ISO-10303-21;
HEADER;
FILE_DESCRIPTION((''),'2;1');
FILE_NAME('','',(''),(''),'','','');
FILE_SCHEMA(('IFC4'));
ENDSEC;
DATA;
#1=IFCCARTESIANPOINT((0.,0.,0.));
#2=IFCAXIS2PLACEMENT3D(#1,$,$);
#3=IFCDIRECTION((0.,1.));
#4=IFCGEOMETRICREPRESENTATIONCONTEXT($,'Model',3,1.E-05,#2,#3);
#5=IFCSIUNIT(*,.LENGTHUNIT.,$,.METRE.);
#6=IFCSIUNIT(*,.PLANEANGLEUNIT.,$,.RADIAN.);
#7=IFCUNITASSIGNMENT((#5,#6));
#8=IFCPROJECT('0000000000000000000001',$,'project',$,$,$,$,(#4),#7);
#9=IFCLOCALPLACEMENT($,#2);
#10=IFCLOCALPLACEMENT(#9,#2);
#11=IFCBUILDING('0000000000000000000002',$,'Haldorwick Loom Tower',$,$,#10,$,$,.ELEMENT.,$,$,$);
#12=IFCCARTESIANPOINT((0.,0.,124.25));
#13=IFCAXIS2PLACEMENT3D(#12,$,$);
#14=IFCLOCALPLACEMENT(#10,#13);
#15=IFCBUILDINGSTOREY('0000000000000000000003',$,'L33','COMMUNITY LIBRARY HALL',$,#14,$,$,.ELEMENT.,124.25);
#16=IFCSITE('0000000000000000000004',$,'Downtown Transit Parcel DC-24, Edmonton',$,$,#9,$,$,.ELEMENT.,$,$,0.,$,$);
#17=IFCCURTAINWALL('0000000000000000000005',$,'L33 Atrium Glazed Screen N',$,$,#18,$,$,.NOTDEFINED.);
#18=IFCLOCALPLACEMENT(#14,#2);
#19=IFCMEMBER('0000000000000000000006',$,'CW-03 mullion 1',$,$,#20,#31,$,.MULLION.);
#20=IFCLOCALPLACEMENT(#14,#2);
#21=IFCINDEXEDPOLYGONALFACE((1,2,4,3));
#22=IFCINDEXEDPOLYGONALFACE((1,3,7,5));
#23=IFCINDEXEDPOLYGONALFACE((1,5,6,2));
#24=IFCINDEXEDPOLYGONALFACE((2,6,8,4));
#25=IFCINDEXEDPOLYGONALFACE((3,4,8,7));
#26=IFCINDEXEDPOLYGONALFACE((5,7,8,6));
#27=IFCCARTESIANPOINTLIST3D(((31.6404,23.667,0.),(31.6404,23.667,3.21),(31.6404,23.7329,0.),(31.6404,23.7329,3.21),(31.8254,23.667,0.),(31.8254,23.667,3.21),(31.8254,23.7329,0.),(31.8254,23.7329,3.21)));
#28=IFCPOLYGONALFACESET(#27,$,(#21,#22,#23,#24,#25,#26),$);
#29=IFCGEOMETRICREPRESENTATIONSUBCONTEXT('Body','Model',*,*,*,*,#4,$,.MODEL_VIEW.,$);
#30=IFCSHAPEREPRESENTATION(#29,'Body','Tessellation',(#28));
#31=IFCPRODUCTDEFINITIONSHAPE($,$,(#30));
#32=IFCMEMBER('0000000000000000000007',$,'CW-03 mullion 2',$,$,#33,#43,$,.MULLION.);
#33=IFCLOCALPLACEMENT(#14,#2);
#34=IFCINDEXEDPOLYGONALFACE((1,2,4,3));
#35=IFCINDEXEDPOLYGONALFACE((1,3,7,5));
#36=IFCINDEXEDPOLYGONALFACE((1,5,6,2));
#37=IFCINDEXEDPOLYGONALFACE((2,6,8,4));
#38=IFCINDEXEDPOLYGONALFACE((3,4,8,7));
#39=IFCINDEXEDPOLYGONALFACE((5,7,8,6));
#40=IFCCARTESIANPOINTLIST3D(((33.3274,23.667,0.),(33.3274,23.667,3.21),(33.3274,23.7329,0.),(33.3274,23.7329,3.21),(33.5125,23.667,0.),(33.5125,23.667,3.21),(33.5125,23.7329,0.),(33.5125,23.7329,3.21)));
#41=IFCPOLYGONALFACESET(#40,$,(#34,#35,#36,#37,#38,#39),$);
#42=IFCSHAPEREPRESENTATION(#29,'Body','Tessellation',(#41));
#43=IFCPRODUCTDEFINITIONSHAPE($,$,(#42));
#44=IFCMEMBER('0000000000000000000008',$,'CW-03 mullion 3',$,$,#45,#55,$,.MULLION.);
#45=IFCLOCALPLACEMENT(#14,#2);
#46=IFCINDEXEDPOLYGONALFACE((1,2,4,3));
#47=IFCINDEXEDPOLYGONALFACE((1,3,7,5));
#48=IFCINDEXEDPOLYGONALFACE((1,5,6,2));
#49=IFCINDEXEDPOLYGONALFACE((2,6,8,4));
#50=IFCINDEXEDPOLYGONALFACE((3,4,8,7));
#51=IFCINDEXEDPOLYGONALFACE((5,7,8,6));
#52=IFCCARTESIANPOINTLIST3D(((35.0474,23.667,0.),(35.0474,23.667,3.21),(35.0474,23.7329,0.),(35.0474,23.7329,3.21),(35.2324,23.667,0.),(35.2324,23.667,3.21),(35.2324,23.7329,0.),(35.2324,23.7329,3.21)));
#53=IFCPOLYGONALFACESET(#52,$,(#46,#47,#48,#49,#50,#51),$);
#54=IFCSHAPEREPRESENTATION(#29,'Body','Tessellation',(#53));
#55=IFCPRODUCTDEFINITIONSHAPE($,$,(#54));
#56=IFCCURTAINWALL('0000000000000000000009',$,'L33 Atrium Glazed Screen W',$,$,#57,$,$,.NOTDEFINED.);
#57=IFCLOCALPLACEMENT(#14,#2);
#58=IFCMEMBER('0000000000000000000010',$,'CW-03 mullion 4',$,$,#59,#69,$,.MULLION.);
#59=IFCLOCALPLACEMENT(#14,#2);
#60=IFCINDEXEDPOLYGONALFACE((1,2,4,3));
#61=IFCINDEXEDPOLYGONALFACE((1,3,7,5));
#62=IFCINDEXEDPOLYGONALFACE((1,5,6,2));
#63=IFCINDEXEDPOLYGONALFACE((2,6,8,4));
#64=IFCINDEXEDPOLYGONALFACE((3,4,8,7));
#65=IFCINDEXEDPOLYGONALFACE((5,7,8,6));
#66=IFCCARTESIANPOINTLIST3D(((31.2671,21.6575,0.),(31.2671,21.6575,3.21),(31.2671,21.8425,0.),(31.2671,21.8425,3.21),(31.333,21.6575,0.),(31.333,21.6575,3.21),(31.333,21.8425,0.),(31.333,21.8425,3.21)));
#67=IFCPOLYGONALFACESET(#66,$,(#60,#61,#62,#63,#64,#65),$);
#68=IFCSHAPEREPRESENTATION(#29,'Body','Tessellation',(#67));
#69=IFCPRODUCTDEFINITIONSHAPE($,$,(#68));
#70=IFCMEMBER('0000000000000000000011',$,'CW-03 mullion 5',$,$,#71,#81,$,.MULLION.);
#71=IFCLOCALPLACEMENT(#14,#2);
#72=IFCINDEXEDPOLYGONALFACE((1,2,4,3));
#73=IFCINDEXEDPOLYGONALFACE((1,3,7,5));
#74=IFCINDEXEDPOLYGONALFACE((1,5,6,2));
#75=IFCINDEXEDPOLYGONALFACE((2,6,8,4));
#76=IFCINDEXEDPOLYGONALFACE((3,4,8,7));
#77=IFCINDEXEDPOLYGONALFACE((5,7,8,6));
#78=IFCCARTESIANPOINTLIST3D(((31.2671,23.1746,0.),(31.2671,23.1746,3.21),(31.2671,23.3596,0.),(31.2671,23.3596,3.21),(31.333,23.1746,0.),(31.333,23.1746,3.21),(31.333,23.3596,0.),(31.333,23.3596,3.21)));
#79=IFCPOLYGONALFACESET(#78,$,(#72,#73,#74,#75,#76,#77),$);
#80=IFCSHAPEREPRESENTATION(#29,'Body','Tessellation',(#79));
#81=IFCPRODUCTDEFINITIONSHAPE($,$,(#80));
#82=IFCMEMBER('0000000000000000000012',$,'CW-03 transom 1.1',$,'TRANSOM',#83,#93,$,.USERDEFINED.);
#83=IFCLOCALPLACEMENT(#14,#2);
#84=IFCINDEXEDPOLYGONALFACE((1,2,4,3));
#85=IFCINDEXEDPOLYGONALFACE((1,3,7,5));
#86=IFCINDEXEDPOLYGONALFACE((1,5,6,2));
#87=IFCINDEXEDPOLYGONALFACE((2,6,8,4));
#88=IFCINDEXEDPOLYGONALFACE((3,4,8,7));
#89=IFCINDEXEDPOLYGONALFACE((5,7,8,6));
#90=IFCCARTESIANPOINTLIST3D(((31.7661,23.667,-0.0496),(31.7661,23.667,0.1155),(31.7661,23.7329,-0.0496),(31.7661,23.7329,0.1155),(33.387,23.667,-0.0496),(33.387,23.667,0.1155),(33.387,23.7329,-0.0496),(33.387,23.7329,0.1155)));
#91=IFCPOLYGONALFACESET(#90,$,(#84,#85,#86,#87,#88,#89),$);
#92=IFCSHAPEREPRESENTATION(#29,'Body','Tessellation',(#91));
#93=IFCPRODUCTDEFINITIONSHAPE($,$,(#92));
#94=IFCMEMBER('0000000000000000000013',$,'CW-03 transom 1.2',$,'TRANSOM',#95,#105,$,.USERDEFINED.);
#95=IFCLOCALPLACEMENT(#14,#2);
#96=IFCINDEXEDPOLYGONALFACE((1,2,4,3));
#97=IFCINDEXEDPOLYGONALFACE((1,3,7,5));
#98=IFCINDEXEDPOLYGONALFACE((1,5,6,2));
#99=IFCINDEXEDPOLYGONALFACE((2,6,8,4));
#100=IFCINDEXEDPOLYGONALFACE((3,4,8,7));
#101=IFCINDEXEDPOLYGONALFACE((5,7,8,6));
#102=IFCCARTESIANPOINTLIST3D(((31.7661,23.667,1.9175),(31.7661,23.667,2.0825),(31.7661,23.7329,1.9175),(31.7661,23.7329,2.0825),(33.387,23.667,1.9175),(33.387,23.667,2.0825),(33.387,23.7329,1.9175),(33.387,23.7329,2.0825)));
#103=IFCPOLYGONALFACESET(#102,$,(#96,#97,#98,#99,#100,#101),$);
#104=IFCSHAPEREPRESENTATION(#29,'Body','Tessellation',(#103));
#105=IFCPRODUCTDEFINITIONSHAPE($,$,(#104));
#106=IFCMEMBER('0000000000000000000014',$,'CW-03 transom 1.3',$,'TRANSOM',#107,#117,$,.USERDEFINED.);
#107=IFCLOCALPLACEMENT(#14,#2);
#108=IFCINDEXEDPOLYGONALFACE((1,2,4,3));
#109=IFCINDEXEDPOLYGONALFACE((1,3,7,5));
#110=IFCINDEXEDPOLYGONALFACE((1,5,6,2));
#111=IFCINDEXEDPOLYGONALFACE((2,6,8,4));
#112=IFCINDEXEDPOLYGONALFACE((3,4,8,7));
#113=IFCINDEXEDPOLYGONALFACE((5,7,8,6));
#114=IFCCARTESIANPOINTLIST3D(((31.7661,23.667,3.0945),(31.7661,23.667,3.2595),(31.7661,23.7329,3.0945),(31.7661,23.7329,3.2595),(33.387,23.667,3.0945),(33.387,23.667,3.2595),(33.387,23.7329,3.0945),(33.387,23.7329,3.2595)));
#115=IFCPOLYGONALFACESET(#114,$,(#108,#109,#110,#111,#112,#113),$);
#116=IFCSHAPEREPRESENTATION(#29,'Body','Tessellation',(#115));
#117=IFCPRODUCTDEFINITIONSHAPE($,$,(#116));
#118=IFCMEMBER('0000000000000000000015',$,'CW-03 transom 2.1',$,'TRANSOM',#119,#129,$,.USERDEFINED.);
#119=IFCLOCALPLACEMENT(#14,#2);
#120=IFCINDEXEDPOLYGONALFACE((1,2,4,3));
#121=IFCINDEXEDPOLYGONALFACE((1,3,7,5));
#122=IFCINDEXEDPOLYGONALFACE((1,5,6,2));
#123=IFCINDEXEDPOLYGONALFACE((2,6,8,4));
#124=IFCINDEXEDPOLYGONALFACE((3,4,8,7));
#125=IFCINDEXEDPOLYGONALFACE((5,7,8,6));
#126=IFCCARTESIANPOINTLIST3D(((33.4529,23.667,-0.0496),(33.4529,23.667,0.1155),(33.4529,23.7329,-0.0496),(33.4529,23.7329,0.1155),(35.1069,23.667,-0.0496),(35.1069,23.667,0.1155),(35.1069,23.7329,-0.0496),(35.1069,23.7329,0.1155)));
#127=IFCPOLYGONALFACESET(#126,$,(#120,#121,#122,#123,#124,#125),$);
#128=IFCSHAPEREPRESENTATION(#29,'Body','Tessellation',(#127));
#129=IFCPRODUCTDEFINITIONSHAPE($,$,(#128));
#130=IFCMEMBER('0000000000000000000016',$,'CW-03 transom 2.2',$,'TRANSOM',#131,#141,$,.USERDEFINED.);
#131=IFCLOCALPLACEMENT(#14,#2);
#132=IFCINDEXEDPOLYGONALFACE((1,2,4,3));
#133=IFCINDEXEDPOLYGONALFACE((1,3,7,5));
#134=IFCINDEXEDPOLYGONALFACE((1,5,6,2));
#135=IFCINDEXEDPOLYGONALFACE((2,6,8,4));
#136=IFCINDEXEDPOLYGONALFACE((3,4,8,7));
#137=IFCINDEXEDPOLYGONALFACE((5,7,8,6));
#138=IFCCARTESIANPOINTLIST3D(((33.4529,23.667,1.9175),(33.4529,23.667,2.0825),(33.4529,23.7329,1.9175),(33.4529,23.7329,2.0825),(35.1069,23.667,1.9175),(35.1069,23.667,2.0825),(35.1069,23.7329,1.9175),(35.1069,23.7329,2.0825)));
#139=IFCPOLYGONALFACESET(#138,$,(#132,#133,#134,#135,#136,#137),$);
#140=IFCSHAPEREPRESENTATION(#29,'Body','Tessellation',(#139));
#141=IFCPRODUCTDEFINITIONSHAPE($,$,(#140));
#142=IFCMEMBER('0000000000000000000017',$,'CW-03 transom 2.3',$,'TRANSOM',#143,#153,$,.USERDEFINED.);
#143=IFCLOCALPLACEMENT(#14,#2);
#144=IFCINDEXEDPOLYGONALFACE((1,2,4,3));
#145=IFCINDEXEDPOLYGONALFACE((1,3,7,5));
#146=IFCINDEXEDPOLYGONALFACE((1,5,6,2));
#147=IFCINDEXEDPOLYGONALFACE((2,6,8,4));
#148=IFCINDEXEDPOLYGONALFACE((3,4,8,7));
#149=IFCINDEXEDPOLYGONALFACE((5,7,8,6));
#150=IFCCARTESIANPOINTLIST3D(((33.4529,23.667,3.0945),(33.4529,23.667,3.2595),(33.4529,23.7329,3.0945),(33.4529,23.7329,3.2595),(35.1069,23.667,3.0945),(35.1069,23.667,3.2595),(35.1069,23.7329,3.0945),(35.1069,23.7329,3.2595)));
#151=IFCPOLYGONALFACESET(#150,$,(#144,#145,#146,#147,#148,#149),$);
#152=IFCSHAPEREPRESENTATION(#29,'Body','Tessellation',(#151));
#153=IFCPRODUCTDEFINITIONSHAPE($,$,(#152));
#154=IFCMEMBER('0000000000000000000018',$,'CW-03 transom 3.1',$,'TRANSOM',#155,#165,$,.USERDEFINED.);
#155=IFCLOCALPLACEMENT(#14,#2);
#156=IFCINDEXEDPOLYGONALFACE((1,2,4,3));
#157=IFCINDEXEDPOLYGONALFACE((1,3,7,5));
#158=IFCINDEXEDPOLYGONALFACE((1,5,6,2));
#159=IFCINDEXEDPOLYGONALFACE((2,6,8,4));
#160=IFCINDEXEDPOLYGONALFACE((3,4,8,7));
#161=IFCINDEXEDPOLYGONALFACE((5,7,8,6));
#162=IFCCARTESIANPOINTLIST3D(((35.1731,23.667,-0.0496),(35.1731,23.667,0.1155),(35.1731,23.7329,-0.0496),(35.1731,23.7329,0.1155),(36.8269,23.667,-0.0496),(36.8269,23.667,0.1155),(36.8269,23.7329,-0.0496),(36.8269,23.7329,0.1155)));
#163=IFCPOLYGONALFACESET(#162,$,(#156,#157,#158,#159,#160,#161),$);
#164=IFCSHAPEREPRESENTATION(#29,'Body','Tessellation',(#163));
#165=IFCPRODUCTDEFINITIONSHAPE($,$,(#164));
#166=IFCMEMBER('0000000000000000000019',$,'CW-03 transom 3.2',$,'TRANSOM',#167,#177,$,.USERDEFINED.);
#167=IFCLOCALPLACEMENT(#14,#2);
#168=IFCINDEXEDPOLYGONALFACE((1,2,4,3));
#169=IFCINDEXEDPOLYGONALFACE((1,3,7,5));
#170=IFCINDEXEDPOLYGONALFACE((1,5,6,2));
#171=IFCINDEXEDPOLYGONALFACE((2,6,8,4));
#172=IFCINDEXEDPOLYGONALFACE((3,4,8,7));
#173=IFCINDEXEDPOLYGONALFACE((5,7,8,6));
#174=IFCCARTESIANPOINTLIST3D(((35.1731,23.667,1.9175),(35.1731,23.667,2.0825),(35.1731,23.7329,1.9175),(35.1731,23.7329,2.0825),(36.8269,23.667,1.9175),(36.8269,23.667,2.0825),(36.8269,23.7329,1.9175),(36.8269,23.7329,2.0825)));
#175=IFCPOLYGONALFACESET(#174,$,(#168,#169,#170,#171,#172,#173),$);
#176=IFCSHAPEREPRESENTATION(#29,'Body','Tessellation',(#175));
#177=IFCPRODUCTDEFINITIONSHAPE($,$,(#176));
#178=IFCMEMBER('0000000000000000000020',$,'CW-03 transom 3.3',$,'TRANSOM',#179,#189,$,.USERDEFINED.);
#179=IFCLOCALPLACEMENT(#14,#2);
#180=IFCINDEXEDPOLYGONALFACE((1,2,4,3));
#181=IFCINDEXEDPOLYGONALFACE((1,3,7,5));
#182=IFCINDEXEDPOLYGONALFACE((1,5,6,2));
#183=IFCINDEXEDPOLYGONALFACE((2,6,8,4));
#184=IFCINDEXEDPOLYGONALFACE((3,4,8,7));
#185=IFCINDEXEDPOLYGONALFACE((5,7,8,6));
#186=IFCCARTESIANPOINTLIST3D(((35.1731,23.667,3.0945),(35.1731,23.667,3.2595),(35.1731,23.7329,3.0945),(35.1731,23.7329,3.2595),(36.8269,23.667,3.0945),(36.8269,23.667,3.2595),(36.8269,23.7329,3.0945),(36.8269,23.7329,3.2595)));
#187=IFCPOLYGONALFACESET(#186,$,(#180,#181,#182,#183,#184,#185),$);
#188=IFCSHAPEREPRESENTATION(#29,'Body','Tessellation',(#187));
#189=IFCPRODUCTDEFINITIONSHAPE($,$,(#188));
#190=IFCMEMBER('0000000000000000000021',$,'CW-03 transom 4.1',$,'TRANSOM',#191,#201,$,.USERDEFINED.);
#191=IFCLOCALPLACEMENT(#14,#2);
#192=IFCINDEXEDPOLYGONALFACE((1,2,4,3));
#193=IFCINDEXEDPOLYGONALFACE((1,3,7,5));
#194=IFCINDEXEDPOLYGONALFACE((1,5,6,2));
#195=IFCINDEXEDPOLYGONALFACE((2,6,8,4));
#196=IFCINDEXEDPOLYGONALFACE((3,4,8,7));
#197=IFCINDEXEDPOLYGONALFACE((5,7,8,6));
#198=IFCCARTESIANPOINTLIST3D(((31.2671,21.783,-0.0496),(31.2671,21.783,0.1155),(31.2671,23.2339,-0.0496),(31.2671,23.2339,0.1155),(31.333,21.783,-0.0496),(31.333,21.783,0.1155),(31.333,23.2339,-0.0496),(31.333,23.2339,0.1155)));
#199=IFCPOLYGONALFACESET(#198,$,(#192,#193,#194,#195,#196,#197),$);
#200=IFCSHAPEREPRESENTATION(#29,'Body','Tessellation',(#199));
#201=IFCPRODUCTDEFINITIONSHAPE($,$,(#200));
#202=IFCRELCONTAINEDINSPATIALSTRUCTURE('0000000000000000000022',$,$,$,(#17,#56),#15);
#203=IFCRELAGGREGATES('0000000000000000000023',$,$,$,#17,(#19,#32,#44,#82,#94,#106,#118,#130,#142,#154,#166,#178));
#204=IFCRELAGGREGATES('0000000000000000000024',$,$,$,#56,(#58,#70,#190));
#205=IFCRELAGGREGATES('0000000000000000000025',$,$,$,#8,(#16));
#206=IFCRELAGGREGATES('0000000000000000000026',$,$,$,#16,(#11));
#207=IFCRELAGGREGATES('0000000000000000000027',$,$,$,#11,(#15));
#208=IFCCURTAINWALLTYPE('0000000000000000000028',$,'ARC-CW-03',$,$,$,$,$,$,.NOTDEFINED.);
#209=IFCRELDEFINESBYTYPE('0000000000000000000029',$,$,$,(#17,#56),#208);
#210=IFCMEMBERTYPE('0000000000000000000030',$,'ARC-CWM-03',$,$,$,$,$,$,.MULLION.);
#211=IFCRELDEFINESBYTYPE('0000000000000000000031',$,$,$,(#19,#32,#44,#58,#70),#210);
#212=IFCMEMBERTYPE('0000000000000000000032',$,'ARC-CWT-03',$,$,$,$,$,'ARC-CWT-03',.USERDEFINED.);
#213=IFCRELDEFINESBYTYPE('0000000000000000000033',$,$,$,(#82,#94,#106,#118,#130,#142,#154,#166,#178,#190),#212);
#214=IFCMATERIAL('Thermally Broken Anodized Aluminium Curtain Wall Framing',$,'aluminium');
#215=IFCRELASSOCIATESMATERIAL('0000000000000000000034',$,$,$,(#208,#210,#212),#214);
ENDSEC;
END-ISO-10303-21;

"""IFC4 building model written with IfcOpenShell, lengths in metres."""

from ifc_helpers import new_model, si_unit, direction, frame, origin, origin_2d, place, context, subcontext, project, spatial, rectangle, extrude, material, material_profile, profile_set, type_object, element, aggregate, save


model = new_model("IFC4")

# Units and contexts
model_context = context("Model", 3, precision=1e-05, world=origin(), true_north=direction((0.0, 1.0)))
body_context = subcontext(model_context, "Body", "Model", "MODEL_VIEW")
ifc_project = project(units=[si_unit("LENGTHUNIT", "METRE"), si_unit("PLANEANGLEUNIT", "RADIAN")], contexts=[model_context])

# Site, building, storey
site_placement = place(None, origin())
site = spatial("IfcSite", under=ifc_project, at=site_placement, Name="Downtown Transit Parcel DC-24, Edmonton", CompositionType="ELEMENT", RefElevation=0.0)
building_placement = place(site_placement, origin())
building = spatial("IfcBuilding", under=site, at=building_placement, Name="Haldorwick Loom Tower", CompositionType="ELEMENT")
storey_placement = place(building_placement, frame((0.0, 0.0, 124.25)))
storey = spatial("IfcBuildingStorey", under=building, at=storey_placement, Name="L33", Description="COMMUNITY LIBRARY HALL", CompositionType="ELEMENT", Elevation=124.25)

# Curtain walls, members
ifc_material_1 = material(Name="Thermally Broken Anodized Aluminium Curtain Wall Framing", Category="aluminium")
curtain_wall_type = type_object("IfcCurtainWallType", Name="ARC-CW-03", PredefinedType="NOTDEFINED", material=ifc_material_1)
curtain_wall_1_placement = place(storey_placement, origin())
curtain_wall_1 = element("IfcCurtainWall", 1, at=curtain_wall_1_placement, inside=storey, type_object=curtain_wall_type, Name="L33 Atrium Glazed Screen N", PredefinedType="NOTDEFINED")
ifc_material_profile_1 = material_profile(ifc_material_1, rectangle(XDim=0.0659, YDim=0.1851, at=origin_2d()), Name="ALU_MUL_66X185", Category="aluminium")
ifc_profile_set_1 = profile_set([ifc_material_profile_1], Name="Thermally Broken Anodized Aluminium Curtain Wall Framing")
member_type_1 = type_object("IfcMemberType", Name="ARC-CWM-03", PredefinedType="MULLION", material=ifc_profile_set_1)
member_1_placement = place(storey_placement, frame((31.7329, 23.7, 0.0), z_axis=(0.0, 0.0, 1.0), x_axis=(0.0, 1.0, 0.0)))
member_1 = element("IfcMember", 2, at=member_1_placement, type_object=member_type_1, Name="CW-03 mullion 1", PredefinedType="MULLION", context=body_context, shape_type="SweptSolid", body=[
    extrude(rectangle(XDim=0.0659, YDim=0.1851, at=origin_2d()), origin(), (0.0, 0.0, 1.0), 3.21),
])
member_2_placement = place(storey_placement, frame((33.4199, 23.7, 0.0), z_axis=(0.0, 0.0, 1.0), x_axis=(0.0, 1.0, 0.0)))
member_2 = element("IfcMember", 3, at=member_2_placement, type_object=member_type_1, Name="CW-03 mullion 2", PredefinedType="MULLION", context=body_context, shape_type="SweptSolid", body=[
    extrude(rectangle(XDim=0.0659, YDim=0.1851, at=origin_2d()), origin(), (0.0, 0.0, 1.0), 3.21),
])
member_3_placement = place(storey_placement, frame((35.1399, 23.7, 0.0), z_axis=(0.0, 0.0, 1.0), x_axis=(0.0, 1.0, 0.0)))
member_3 = element("IfcMember", 4, at=member_3_placement, type_object=member_type_1, Name="CW-03 mullion 3", PredefinedType="MULLION", context=body_context, shape_type="SweptSolid", body=[
    extrude(rectangle(XDim=0.0659, YDim=0.1851, at=origin_2d()), origin(), (0.0, 0.0, 1.0), 3.21),
])
curtain_wall_2_placement = place(storey_placement, origin())
curtain_wall_2 = element("IfcCurtainWall", 5, at=curtain_wall_2_placement, inside=storey, type_object=curtain_wall_type, Name="L33 Atrium Glazed Screen W", PredefinedType="NOTDEFINED")
member_4_placement = place(storey_placement, frame((31.3, 21.75, 0.0), z_axis=(0.0, 0.0, 1.0), x_axis=(-1.0, 0.0, 0.0)))
member_4 = element("IfcMember", 6, at=member_4_placement, type_object=member_type_1, Name="CW-03 mullion 4", PredefinedType="MULLION", context=body_context, shape_type="SweptSolid", body=[
    extrude(rectangle(XDim=0.0659, YDim=0.1851, at=origin_2d()), origin(), (0.0, 0.0, 1.0), 3.21),
])
member_5_placement = place(storey_placement, frame((31.3, 23.2671, 0.0), z_axis=(0.0, 0.0, 1.0), x_axis=(-1.0, 0.0, 0.0)))
member_5 = element("IfcMember", 7, at=member_5_placement, type_object=member_type_1, Name="CW-03 mullion 5", PredefinedType="MULLION", context=body_context, shape_type="SweptSolid", body=[
    extrude(rectangle(XDim=0.0659, YDim=0.1851, at=origin_2d()), origin(), (0.0, 0.0, 1.0), 3.21),
])

# Members
ifc_material_profile_2 = material_profile(ifc_material_1, rectangle(XDim=0.0659, YDim=0.165, at=origin_2d()), Name="ALU_TRN_66X165", Category="aluminium")
ifc_profile_set_2 = profile_set([ifc_material_profile_2], Name="Thermally Broken Anodized Aluminium Curtain Wall Framing")
member_type_2 = type_object("IfcMemberType", Name="ARC-CWT-03", ElementType="ARC-CWT-03", PredefinedType="USERDEFINED", material=ifc_profile_set_2)
member_6_placement = place(storey_placement, frame((31.7661, 23.7, 0.033), z_axis=(1.0, 0.0, 0.0), x_axis=(0.0, 1.0, 0.0)))
member_6 = element("IfcMember", 8, at=member_6_placement, type_object=member_type_2, Name="CW-03 transom 1.1", ObjectType="TRANSOM", PredefinedType="USERDEFINED", context=body_context, shape_type="SweptSolid", body=[
    extrude(rectangle(XDim=0.0659, YDim=0.165, at=origin_2d()), origin(), (0.0, 0.0, 1.0), 1.6208),
])
member_7_placement = place(storey_placement, frame((31.7661, 23.7, 2.0), z_axis=(1.0, 0.0, 0.0), x_axis=(0.0, 1.0, 0.0)))
member_7 = element("IfcMember", 9, at=member_7_placement, type_object=member_type_2, Name="CW-03 transom 1.2", ObjectType="TRANSOM", PredefinedType="USERDEFINED", context=body_context, shape_type="SweptSolid", body=[
    extrude(rectangle(XDim=0.0659, YDim=0.165, at=origin_2d()), origin(), (0.0, 0.0, 1.0), 1.6208),
])
member_8_placement = place(storey_placement, frame((31.7661, 23.7, 3.177), z_axis=(1.0, 0.0, 0.0), x_axis=(0.0, 1.0, 0.0)))
member_8 = element("IfcMember", 10, at=member_8_placement, type_object=member_type_2, Name="CW-03 transom 1.3", ObjectType="TRANSOM", PredefinedType="USERDEFINED", context=body_context, shape_type="SweptSolid", body=[
    extrude(rectangle(XDim=0.0659, YDim=0.165, at=origin_2d()), origin(), (0.0, 0.0, 1.0), 1.6208),
])
member_9_placement = place(storey_placement, frame((33.4529, 23.7, 0.033), z_axis=(1.0, 0.0, 0.0), x_axis=(0.0, 1.0, 0.0)))
member_9 = element("IfcMember", 11, at=member_9_placement, type_object=member_type_2, Name="CW-03 transom 2.1", ObjectType="TRANSOM", PredefinedType="USERDEFINED", context=body_context, shape_type="SweptSolid", body=[
    extrude(rectangle(XDim=0.0659, YDim=0.165, at=origin_2d()), origin(), (0.0, 0.0, 1.0), 1.6541),
])
member_10_placement = place(storey_placement, frame((33.4529, 23.7, 2.0), z_axis=(1.0, 0.0, 0.0), x_axis=(0.0, 1.0, 0.0)))
member_10 = element("IfcMember", 12, at=member_10_placement, type_object=member_type_2, Name="CW-03 transom 2.2", ObjectType="TRANSOM", PredefinedType="USERDEFINED", context=body_context, shape_type="SweptSolid", body=[
    extrude(rectangle(XDim=0.0659, YDim=0.165, at=origin_2d()), origin(), (0.0, 0.0, 1.0), 1.6541),
])
member_11_placement = place(storey_placement, frame((33.4529, 23.7, 3.177), z_axis=(1.0, 0.0, 0.0), x_axis=(0.0, 1.0, 0.0)))
member_11 = element("IfcMember", 13, at=member_11_placement, type_object=member_type_2, Name="CW-03 transom 2.3", ObjectType="TRANSOM", PredefinedType="USERDEFINED", context=body_context, shape_type="SweptSolid", body=[
    extrude(rectangle(XDim=0.0659, YDim=0.165, at=origin_2d()), origin(), (0.0, 0.0, 1.0), 1.6541),
])
member_12_placement = place(storey_placement, frame((35.1731, 23.7, 0.033), z_axis=(1.0, 0.0, 0.0), x_axis=(0.0, 1.0, 0.0)))
member_12 = element("IfcMember", 14, at=member_12_placement, type_object=member_type_2, Name="CW-03 transom 3.1", ObjectType="TRANSOM", PredefinedType="USERDEFINED", context=body_context, shape_type="SweptSolid", body=[
    extrude(rectangle(XDim=0.0659, YDim=0.165, at=origin_2d()), origin(), (0.0, 0.0, 1.0), 1.6538),
])
member_13_placement = place(storey_placement, frame((35.1731, 23.7, 2.0), z_axis=(1.0, 0.0, 0.0), x_axis=(0.0, 1.0, 0.0)))
member_13 = element("IfcMember", 15, at=member_13_placement, type_object=member_type_2, Name="CW-03 transom 3.2", ObjectType="TRANSOM", PredefinedType="USERDEFINED", context=body_context, shape_type="SweptSolid", body=[
    extrude(rectangle(XDim=0.0659, YDim=0.165, at=origin_2d()), origin(), (0.0, 0.0, 1.0), 1.6538),
])
member_14_placement = place(storey_placement, frame((35.1731, 23.7, 3.177), z_axis=(1.0, 0.0, 0.0), x_axis=(0.0, 1.0, 0.0)))
member_14 = element("IfcMember", 16, at=member_14_placement, type_object=member_type_2, Name="CW-03 transom 3.3", ObjectType="TRANSOM", PredefinedType="USERDEFINED", context=body_context, shape_type="SweptSolid", body=[
    extrude(rectangle(XDim=0.0659, YDim=0.165, at=origin_2d()), origin(), (0.0, 0.0, 1.0), 1.6538),
])
member_15_placement = place(storey_placement, frame((31.3, 21.783, 0.033), z_axis=(0.0, 1.0, 0.0), x_axis=(-1.0, 0.0, 0.0)))
member_15 = element("IfcMember", 17, at=member_15_placement, type_object=member_type_2, Name="CW-03 transom 4.1", ObjectType="TRANSOM", PredefinedType="USERDEFINED", context=body_context, shape_type="SweptSolid", body=[
    extrude(rectangle(XDim=0.0659, YDim=0.165, at=origin_2d()), origin(), (0.0, 0.0, 1.0), 1.4509),
])

aggregate(curtain_wall_1, [member_1, member_2, member_3, member_6, member_7, member_8, member_9, member_10, member_11, member_12, member_13, member_14])
aggregate(curtain_wall_2, [member_4, member_5, member_15])

save(model, "model.ifc")
